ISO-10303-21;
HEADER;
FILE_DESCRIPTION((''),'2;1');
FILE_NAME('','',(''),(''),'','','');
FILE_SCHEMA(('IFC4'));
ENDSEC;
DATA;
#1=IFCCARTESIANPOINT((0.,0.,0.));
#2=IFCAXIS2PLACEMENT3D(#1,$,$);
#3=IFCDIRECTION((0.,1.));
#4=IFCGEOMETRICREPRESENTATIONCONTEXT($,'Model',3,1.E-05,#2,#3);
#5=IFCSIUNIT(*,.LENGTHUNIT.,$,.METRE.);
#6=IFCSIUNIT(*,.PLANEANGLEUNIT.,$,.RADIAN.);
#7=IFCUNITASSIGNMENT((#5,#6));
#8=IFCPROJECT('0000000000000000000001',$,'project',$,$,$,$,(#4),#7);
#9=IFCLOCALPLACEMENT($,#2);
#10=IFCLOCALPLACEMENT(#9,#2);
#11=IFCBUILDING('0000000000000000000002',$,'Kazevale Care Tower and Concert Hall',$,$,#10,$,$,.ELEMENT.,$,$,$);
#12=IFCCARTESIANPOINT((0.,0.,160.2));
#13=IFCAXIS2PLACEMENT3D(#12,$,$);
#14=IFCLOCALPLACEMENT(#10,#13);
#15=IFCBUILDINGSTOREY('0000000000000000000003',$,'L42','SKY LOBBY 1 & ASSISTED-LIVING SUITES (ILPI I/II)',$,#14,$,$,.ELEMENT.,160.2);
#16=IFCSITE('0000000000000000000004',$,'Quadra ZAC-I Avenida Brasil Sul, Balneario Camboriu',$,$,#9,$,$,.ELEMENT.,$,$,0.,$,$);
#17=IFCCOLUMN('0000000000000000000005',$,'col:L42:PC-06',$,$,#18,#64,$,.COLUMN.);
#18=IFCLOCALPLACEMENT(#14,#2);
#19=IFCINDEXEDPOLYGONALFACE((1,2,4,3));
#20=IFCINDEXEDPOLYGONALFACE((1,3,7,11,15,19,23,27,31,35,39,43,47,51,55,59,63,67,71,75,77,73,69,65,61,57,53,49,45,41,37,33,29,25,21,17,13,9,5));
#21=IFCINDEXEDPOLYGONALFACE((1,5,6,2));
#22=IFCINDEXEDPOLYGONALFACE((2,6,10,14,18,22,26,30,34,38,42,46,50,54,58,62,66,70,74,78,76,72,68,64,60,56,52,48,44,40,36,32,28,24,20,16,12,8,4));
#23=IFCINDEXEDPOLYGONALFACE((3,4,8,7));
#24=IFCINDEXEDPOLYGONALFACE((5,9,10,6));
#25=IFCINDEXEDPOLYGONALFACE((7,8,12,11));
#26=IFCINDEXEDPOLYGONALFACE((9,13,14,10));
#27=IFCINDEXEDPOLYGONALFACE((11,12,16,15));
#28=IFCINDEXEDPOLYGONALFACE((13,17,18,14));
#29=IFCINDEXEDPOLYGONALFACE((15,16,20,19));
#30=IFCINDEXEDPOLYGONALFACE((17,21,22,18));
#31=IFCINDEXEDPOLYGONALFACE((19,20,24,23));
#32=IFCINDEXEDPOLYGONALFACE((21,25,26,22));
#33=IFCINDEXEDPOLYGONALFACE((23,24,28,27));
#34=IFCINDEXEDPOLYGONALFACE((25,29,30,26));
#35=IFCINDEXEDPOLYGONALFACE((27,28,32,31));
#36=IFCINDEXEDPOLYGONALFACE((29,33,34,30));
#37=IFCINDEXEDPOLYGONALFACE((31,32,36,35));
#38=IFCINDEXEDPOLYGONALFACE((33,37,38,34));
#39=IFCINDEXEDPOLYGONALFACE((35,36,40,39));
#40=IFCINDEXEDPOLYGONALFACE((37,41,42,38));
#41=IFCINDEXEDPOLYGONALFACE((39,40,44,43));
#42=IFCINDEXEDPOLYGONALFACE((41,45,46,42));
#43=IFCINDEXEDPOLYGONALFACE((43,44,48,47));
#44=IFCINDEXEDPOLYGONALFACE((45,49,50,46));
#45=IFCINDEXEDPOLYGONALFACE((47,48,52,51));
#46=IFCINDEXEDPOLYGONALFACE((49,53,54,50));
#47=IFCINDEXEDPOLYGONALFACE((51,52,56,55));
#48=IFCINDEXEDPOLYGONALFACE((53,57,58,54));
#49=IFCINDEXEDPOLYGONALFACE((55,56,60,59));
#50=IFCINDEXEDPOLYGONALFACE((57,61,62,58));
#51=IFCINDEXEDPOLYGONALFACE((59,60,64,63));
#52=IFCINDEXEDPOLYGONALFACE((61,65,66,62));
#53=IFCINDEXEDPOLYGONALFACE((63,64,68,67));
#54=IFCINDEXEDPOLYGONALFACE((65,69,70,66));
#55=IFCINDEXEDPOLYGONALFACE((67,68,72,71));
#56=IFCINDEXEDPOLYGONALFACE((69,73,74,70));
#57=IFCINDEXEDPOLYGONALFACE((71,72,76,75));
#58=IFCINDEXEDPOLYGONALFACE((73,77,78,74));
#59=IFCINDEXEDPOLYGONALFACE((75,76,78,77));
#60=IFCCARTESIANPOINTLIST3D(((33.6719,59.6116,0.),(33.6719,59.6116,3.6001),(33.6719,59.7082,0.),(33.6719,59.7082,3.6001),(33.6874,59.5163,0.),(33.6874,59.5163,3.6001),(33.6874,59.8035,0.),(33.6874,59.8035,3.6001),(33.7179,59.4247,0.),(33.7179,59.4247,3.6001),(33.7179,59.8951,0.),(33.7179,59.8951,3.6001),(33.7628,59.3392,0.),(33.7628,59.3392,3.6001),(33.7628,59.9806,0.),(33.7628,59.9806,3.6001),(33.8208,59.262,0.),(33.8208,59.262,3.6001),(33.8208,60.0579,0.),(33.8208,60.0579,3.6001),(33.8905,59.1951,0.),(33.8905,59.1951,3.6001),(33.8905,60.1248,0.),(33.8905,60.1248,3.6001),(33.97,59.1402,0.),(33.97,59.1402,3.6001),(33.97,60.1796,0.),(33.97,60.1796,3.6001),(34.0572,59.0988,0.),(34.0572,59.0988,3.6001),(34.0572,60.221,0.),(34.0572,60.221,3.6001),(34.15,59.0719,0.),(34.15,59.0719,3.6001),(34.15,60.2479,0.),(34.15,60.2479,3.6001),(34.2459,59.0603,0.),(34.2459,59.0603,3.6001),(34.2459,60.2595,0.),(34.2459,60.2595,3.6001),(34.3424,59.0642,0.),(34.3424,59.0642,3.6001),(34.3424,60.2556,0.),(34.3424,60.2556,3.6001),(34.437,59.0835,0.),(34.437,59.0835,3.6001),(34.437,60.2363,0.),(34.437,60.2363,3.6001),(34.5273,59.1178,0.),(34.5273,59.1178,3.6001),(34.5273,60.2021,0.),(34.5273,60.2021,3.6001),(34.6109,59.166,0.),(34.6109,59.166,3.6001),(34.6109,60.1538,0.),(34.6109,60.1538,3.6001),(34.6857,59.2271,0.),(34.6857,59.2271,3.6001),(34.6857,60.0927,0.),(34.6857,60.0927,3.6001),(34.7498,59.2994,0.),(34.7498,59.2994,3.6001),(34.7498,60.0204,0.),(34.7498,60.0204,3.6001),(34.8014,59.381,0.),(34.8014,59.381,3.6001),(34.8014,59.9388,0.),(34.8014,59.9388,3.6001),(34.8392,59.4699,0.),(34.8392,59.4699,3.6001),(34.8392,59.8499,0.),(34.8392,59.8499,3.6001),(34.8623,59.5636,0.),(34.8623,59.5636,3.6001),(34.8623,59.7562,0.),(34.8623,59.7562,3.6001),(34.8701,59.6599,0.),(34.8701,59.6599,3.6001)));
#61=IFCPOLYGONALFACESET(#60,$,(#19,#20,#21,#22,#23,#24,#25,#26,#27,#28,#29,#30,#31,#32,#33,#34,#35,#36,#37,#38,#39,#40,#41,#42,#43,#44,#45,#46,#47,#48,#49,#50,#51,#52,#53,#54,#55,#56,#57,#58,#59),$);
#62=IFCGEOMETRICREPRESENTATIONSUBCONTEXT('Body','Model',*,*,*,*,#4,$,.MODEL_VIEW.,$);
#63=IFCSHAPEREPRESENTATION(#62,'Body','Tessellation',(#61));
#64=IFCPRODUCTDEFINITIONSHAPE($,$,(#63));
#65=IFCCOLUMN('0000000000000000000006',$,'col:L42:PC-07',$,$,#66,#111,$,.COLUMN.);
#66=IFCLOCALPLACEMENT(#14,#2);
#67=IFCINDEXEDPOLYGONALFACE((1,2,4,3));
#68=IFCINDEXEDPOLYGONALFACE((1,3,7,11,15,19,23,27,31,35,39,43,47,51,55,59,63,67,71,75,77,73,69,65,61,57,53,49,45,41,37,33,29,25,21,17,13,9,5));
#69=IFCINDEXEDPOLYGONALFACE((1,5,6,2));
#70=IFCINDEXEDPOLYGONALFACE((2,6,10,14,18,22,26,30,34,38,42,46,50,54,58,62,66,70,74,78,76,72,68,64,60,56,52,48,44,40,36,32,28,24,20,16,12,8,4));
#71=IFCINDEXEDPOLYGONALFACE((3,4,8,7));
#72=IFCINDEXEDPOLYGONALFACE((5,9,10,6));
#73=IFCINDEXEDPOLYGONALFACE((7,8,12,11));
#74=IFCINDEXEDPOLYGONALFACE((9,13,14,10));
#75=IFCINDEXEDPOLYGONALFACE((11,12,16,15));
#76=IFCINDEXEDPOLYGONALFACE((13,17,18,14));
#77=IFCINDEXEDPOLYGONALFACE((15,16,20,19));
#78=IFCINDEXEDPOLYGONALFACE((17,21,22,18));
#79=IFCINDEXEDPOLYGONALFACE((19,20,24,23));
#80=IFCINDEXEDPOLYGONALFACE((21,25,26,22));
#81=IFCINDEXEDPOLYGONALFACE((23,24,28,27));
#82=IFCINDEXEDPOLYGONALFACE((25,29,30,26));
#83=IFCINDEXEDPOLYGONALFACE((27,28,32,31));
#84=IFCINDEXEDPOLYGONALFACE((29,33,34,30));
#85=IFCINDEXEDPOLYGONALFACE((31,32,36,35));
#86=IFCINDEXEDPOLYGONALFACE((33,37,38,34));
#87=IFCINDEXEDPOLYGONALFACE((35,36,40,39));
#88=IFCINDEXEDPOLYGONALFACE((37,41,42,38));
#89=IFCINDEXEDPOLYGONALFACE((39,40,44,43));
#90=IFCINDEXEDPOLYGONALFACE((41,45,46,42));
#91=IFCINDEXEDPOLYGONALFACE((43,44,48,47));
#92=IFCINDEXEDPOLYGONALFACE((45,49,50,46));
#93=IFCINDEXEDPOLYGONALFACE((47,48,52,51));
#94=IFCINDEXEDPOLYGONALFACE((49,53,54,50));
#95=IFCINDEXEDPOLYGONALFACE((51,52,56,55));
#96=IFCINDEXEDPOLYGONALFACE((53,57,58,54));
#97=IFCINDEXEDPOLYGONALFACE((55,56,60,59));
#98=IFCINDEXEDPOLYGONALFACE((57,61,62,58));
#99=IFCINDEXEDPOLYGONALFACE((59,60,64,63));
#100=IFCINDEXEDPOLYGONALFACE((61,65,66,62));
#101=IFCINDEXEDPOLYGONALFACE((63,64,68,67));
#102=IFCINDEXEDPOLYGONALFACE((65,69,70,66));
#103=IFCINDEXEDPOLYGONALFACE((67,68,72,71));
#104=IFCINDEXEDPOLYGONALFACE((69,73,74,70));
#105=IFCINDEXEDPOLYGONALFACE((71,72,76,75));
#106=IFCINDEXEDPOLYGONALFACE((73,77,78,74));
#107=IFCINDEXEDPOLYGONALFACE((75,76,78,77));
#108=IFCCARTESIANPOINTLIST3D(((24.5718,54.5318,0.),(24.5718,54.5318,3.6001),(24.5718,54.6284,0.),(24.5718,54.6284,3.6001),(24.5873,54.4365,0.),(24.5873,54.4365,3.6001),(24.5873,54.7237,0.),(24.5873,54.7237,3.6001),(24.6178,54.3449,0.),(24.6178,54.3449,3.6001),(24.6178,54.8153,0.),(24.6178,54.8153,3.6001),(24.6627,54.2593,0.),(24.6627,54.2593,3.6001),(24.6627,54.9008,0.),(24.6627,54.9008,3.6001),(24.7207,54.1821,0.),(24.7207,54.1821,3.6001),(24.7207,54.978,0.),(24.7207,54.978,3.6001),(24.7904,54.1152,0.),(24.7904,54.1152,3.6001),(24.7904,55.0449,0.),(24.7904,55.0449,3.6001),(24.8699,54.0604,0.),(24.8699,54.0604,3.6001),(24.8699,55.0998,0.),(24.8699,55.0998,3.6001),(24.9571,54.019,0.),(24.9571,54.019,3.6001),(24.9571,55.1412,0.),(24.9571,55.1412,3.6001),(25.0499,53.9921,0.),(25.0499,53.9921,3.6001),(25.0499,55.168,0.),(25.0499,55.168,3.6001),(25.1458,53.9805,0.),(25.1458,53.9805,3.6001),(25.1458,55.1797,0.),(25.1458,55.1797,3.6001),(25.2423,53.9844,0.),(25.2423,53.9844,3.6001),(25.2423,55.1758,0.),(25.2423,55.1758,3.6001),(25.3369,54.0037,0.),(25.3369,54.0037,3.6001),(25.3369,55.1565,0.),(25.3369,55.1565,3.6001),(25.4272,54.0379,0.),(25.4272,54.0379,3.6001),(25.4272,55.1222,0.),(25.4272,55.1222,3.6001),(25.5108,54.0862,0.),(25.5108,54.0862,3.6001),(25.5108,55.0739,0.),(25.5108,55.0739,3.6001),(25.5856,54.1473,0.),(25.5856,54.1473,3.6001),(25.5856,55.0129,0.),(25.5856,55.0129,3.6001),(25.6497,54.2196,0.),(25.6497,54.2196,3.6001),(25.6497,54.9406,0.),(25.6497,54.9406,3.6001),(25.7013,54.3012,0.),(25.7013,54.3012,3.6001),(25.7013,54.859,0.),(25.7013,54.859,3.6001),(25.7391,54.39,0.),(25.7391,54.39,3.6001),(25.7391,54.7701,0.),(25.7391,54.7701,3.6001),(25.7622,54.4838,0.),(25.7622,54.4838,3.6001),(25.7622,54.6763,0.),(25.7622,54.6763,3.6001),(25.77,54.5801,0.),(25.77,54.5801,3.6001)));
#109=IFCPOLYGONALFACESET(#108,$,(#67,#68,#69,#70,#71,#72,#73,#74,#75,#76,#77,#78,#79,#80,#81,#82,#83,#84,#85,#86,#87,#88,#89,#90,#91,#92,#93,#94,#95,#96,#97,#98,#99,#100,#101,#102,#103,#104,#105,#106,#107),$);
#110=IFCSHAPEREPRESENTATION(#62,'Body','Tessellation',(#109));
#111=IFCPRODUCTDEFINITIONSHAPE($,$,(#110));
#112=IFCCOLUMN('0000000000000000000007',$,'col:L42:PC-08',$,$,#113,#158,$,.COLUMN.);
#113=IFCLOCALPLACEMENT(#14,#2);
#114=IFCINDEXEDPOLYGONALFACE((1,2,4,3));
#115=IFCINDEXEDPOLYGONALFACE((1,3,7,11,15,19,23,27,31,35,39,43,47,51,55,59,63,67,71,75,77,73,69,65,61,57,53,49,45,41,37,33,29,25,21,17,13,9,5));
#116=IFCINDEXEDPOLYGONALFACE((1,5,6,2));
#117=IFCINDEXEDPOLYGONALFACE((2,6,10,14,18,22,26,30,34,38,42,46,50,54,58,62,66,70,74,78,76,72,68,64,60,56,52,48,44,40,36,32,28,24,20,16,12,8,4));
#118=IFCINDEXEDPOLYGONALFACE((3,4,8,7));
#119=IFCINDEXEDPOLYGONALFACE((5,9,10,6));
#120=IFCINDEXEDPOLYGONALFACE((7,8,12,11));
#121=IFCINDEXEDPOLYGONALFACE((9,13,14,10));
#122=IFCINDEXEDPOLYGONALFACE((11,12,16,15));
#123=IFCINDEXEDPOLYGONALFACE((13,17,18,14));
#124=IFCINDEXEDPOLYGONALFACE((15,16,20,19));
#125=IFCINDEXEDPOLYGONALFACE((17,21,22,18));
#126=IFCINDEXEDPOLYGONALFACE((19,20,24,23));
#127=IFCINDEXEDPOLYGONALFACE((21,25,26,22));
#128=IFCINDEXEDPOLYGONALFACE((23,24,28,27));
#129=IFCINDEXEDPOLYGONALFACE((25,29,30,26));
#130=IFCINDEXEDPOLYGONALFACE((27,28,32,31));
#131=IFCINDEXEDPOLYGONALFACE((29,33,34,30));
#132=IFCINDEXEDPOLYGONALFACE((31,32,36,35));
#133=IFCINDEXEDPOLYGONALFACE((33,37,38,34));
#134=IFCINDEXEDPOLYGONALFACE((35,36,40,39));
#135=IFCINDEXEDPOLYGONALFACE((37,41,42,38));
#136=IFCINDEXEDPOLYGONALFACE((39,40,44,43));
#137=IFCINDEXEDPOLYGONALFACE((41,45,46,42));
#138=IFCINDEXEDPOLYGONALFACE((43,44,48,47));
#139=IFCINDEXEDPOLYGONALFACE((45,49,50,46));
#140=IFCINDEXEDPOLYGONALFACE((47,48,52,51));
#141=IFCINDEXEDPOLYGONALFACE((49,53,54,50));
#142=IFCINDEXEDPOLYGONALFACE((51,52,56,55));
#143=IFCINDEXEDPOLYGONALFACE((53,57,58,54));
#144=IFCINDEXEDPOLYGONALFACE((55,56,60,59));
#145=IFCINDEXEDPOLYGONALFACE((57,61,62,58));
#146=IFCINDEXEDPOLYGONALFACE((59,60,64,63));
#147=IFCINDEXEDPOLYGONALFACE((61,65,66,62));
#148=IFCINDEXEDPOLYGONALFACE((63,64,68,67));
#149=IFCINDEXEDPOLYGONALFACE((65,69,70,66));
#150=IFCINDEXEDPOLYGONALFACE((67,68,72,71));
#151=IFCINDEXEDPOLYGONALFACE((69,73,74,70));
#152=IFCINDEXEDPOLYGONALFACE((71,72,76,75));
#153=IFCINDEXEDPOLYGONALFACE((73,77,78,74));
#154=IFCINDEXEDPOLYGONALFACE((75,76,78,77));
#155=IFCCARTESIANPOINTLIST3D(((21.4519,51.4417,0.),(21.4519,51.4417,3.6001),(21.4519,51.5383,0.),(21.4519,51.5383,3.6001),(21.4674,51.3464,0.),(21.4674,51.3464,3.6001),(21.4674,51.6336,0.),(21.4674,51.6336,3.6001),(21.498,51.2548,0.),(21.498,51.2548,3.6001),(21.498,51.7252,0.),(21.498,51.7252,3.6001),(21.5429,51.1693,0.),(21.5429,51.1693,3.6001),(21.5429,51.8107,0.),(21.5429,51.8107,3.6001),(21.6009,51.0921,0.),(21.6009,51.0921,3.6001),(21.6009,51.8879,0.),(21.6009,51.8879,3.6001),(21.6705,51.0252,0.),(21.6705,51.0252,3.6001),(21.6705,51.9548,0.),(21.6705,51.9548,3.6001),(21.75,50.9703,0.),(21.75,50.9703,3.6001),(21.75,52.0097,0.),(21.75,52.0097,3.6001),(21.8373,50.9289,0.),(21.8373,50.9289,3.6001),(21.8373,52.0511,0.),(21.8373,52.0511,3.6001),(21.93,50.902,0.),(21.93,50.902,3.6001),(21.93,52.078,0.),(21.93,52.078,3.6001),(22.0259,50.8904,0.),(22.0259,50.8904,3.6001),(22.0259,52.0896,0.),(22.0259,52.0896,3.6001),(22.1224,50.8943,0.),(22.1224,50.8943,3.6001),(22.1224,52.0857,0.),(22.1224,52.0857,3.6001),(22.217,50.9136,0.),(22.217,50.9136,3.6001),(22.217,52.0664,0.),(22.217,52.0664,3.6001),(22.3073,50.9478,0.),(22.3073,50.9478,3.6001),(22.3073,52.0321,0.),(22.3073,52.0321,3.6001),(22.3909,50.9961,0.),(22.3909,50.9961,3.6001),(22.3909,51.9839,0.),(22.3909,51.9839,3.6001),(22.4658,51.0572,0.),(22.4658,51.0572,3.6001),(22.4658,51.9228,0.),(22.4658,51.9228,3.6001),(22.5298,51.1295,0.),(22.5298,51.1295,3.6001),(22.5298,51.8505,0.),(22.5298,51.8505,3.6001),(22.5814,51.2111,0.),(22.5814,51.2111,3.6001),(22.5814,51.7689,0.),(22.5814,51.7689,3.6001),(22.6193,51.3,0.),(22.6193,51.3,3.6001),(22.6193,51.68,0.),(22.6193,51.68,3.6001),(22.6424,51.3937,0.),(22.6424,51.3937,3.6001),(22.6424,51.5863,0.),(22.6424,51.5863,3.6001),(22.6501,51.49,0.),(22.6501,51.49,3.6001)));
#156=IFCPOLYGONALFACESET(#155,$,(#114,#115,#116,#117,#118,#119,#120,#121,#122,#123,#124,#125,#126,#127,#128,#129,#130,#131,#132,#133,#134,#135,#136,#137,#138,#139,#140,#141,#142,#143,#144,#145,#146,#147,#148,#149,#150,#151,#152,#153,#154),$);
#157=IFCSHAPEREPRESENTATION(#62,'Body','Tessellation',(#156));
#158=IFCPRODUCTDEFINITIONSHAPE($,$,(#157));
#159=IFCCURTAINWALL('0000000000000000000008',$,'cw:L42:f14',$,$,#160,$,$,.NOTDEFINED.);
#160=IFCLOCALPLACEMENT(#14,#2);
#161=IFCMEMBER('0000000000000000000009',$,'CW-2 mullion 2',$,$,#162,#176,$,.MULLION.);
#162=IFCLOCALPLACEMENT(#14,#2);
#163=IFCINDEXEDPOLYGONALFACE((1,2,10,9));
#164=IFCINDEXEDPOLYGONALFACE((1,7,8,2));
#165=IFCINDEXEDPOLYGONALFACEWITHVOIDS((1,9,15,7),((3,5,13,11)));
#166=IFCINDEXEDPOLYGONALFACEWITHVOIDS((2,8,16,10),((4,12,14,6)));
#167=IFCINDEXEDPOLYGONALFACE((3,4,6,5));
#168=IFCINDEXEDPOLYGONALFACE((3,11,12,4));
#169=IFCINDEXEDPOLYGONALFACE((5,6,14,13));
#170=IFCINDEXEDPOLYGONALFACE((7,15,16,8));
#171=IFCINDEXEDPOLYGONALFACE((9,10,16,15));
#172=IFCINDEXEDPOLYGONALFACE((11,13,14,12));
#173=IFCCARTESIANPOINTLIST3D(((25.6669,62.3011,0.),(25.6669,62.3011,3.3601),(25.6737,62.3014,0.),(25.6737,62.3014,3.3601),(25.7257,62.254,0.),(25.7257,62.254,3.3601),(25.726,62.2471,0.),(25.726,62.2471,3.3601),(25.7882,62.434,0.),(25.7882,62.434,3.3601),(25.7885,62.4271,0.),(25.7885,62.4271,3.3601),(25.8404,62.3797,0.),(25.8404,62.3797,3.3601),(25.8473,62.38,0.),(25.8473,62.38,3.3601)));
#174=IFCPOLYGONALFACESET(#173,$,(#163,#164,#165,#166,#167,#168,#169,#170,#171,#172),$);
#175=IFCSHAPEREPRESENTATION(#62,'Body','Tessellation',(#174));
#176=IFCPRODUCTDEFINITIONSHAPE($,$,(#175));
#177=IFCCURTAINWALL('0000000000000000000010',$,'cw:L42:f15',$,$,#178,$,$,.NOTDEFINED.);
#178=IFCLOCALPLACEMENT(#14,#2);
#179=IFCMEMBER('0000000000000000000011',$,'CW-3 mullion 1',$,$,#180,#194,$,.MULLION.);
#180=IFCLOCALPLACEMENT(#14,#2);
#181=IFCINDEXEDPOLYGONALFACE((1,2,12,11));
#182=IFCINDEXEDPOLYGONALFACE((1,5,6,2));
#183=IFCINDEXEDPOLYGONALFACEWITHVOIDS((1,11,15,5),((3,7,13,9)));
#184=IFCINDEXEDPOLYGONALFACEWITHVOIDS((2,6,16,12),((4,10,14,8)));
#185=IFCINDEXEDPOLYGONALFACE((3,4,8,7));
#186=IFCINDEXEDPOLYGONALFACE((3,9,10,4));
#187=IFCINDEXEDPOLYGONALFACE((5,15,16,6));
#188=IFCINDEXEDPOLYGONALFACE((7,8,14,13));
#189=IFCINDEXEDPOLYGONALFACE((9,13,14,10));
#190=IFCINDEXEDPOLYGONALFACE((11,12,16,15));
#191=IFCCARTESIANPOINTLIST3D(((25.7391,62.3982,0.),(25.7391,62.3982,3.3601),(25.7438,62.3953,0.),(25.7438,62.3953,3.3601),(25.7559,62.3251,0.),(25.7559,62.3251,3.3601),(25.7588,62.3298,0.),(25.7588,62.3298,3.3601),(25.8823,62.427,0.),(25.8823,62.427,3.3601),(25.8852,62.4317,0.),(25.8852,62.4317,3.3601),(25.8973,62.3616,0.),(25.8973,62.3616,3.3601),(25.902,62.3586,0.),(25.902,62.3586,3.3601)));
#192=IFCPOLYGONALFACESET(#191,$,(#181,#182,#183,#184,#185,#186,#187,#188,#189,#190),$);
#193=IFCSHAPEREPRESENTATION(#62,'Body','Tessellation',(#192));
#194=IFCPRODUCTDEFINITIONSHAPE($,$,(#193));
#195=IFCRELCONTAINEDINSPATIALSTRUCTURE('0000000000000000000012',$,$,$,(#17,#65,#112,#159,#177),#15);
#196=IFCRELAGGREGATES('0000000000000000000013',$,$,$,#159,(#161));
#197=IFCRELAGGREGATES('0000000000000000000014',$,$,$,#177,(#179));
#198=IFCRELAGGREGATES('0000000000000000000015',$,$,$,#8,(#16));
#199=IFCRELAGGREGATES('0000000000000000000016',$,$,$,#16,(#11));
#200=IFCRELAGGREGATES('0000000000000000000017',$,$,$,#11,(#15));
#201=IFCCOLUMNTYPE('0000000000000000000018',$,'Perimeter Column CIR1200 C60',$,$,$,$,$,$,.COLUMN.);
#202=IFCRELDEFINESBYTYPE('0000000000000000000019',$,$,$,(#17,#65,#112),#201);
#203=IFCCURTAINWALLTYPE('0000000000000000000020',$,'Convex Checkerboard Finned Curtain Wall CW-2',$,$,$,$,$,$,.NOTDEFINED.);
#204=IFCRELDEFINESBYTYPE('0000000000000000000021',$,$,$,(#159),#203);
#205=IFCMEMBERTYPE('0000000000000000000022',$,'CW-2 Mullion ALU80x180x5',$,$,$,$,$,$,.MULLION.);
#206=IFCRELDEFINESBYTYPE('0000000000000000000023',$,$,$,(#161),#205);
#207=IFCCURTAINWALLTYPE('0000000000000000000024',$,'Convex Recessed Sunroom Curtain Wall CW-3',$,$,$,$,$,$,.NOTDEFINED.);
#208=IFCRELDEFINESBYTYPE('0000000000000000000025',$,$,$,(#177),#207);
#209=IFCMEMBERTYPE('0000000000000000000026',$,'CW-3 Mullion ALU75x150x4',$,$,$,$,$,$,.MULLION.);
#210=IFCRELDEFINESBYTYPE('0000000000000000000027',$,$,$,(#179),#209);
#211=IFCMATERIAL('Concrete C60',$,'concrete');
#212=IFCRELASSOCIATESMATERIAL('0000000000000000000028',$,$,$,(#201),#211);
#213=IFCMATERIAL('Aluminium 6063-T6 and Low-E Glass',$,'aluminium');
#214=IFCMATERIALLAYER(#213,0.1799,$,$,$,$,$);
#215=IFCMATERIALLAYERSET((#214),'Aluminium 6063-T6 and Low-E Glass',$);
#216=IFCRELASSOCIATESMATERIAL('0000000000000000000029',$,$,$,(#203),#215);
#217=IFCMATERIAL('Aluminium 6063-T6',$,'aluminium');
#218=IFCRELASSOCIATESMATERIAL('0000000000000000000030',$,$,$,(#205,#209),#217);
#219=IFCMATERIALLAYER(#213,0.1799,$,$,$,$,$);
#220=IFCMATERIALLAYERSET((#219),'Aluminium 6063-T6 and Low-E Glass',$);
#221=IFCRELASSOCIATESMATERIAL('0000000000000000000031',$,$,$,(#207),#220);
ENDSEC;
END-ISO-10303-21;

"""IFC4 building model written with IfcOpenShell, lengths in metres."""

from ifc_helpers import new_model, si_unit, direction, frame, origin, origin_2d, place, context, subcontext, project, spatial, hollow_rectangle, circle, extrude, material, layer, layer_set, material_profile, profile_set, type_object, element, aggregate, save


model = new_model("IFC4")

# Units and contexts
model_context = context("Model", 3, precision=1e-05, world=origin(), true_north=direction((0.0, 1.0)))
body_context = subcontext(model_context, "Body", "Model", "MODEL_VIEW")
ifc_project = project(units=[si_unit("LENGTHUNIT", "METRE"), si_unit("PLANEANGLEUNIT", "RADIAN")], contexts=[model_context])

# Site, building, storey
site_placement = place(None, origin())
site = spatial("IfcSite", under=ifc_project, at=site_placement, Name="Quadra ZAC-I Avenida Brasil Sul, Balneario Camboriu", CompositionType="ELEMENT", RefElevation=0.0)
building_placement = place(site_placement, origin())
building = spatial("IfcBuilding", under=site, at=building_placement, Name="Kazevale Care Tower and Concert Hall", CompositionType="ELEMENT")
storey_placement = place(building_placement, frame((0.0, 0.0, 160.2)))
storey = spatial("IfcBuildingStorey", under=building, at=storey_placement, Name="L42", Description="SKY LOBBY 1 & ASSISTED-LIVING SUITES (ILPI I/II)", CompositionType="ELEMENT", Elevation=160.2)

# Columns
ifc_material_1 = material(Name="Concrete C60", Category="concrete")
ifc_material_profile_1 = material_profile(ifc_material_1, circle(Radius=0.6001, at=origin_2d()), Name="RC-CIR1200")
ifc_profile_set_1 = profile_set([ifc_material_profile_1], Name="Concrete C60")
column_type = type_object("IfcColumnType", Name="Perimeter Column CIR1200 C60", PredefinedType="COLUMN", material=ifc_profile_set_1)
for number, where, z_axis, x_axis, name in (
    (1, (34.27, 59.6599, 0.0), (0.0, 0.0, 1.0), (1.0, 0.0, 0.0), "col:L42:PC-06"),
    (2, (25.1699, 54.5801, 0.0), (0.0, 0.0, 1.0), (1.0, 0.0, 0.0), "col:L42:PC-07"),
    (3, (22.05, 51.49, 0.0), (0.0, 0.0, 1.0), (1.0, 0.0, 0.0), "col:L42:PC-08"),
):
    element("IfcColumn", number, at=place(storey_placement, frame(where, z_axis=z_axis, x_axis=x_axis)), inside=storey, type_object=column_type, Name=name, PredefinedType="COLUMN", context=body_context, shape_type="SweptSolid", body=[
        extrude(circle(Radius=0.6001, at=origin_2d()), origin(), (0.0, 0.0, 1.0), 3.6001),
    ])

# Curtain wall, member
ifc_material_2 = material(Name="Aluminium 6063-T6 and Low-E Glass", Category="aluminium")
ifc_layer_1 = layer(ifc_material_2, 0.1799)
ifc_layer_set_1 = layer_set([ifc_layer_1], Name="Aluminium 6063-T6 and Low-E Glass")
curtain_wall_type_1 = type_object("IfcCurtainWallType", Name="Convex Checkerboard Finned Curtain Wall CW-2", PredefinedType="NOTDEFINED", material=ifc_layer_set_1)
curtain_wall_1_placement = place(storey_placement, origin())
curtain_wall_1 = element("IfcCurtainWall", 4, at=curtain_wall_1_placement, inside=storey, type_object=curtain_wall_type_1, Name="cw:L42:f14", PredefinedType="NOTDEFINED")
ifc_material_3 = material(Name="Aluminium 6063-T6", Category="aluminium")
ifc_material_profile_2 = material_profile(ifc_material_3, hollow_rectangle(XDim=0.0801, YDim=0.1799, WallThickness=0.0049, at=origin_2d()), Name="ALU80x180x5")
ifc_profile_set_2 = profile_set([ifc_material_profile_2], Name="Aluminium 6063-T6")
member_type_1 = type_object("IfcMemberType", Name="CW-2 Mullion ALU80x180x5", PredefinedType="MULLION", material=ifc_profile_set_2)
member_1_placement = place(storey_placement, frame((25.7571, 62.3406, 0.0), z_axis=(0.0, 0.0, 1.0), x_axis=(-0.738492, 0.674262, 0.0)))
member_1 = element("IfcMember", 5, at=member_1_placement, type_object=member_type_1, Name="CW-2 mullion 2", PredefinedType="MULLION", context=body_context, shape_type="SweptSolid", body=[
    extrude(hollow_rectangle(XDim=0.0801, YDim=0.1799, WallThickness=0.0049, at=origin_2d()), origin(), (0.0, 0.0, 1.0), 3.3601),
])

# Curtain wall, member
ifc_layer_2 = layer(ifc_material_2, 0.1799)
ifc_layer_set_2 = layer_set([ifc_layer_2], Name="Aluminium 6063-T6 and Low-E Glass")
curtain_wall_type_2 = type_object("IfcCurtainWallType", Name="Convex Recessed Sunroom Curtain Wall CW-3", PredefinedType="NOTDEFINED", material=ifc_layer_set_2)
curtain_wall_2_placement = place(storey_placement, origin())
curtain_wall_2 = element("IfcCurtainWall", 6, at=curtain_wall_2_placement, inside=storey, type_object=curtain_wall_type_2, Name="cw:L42:f15", PredefinedType="NOTDEFINED")
ifc_material_profile_3 = material_profile(ifc_material_3, hollow_rectangle(XDim=0.075, YDim=0.1499, WallThickness=0.0039, at=origin_2d()), Name="ALU75x150x4")
ifc_profile_set_3 = profile_set([ifc_material_profile_3], Name="Aluminium 6063-T6")
member_type_2 = type_object("IfcMemberType", Name="CW-3 Mullion ALU75x150x4", PredefinedType="MULLION", material=ifc_profile_set_3)
member_2_placement = place(storey_placement, frame((25.8206, 62.3784, 0.0), z_axis=(0.0, 0.0, 1.0), x_axis=(-0.223567, 0.974688, 0.0)))
member_2 = element("IfcMember", 7, at=member_2_placement, type_object=member_type_2, Name="CW-3 mullion 1", PredefinedType="MULLION", context=body_context, shape_type="SweptSolid", body=[
    extrude(hollow_rectangle(XDim=0.075, YDim=0.1499, WallThickness=0.0039, at=origin_2d()), origin(), (0.0, 0.0, 1.0), 3.3601),
])

aggregate(curtain_wall_1, [member_1])
aggregate(curtain_wall_2, [member_2])

save(model, "model.ifc")
